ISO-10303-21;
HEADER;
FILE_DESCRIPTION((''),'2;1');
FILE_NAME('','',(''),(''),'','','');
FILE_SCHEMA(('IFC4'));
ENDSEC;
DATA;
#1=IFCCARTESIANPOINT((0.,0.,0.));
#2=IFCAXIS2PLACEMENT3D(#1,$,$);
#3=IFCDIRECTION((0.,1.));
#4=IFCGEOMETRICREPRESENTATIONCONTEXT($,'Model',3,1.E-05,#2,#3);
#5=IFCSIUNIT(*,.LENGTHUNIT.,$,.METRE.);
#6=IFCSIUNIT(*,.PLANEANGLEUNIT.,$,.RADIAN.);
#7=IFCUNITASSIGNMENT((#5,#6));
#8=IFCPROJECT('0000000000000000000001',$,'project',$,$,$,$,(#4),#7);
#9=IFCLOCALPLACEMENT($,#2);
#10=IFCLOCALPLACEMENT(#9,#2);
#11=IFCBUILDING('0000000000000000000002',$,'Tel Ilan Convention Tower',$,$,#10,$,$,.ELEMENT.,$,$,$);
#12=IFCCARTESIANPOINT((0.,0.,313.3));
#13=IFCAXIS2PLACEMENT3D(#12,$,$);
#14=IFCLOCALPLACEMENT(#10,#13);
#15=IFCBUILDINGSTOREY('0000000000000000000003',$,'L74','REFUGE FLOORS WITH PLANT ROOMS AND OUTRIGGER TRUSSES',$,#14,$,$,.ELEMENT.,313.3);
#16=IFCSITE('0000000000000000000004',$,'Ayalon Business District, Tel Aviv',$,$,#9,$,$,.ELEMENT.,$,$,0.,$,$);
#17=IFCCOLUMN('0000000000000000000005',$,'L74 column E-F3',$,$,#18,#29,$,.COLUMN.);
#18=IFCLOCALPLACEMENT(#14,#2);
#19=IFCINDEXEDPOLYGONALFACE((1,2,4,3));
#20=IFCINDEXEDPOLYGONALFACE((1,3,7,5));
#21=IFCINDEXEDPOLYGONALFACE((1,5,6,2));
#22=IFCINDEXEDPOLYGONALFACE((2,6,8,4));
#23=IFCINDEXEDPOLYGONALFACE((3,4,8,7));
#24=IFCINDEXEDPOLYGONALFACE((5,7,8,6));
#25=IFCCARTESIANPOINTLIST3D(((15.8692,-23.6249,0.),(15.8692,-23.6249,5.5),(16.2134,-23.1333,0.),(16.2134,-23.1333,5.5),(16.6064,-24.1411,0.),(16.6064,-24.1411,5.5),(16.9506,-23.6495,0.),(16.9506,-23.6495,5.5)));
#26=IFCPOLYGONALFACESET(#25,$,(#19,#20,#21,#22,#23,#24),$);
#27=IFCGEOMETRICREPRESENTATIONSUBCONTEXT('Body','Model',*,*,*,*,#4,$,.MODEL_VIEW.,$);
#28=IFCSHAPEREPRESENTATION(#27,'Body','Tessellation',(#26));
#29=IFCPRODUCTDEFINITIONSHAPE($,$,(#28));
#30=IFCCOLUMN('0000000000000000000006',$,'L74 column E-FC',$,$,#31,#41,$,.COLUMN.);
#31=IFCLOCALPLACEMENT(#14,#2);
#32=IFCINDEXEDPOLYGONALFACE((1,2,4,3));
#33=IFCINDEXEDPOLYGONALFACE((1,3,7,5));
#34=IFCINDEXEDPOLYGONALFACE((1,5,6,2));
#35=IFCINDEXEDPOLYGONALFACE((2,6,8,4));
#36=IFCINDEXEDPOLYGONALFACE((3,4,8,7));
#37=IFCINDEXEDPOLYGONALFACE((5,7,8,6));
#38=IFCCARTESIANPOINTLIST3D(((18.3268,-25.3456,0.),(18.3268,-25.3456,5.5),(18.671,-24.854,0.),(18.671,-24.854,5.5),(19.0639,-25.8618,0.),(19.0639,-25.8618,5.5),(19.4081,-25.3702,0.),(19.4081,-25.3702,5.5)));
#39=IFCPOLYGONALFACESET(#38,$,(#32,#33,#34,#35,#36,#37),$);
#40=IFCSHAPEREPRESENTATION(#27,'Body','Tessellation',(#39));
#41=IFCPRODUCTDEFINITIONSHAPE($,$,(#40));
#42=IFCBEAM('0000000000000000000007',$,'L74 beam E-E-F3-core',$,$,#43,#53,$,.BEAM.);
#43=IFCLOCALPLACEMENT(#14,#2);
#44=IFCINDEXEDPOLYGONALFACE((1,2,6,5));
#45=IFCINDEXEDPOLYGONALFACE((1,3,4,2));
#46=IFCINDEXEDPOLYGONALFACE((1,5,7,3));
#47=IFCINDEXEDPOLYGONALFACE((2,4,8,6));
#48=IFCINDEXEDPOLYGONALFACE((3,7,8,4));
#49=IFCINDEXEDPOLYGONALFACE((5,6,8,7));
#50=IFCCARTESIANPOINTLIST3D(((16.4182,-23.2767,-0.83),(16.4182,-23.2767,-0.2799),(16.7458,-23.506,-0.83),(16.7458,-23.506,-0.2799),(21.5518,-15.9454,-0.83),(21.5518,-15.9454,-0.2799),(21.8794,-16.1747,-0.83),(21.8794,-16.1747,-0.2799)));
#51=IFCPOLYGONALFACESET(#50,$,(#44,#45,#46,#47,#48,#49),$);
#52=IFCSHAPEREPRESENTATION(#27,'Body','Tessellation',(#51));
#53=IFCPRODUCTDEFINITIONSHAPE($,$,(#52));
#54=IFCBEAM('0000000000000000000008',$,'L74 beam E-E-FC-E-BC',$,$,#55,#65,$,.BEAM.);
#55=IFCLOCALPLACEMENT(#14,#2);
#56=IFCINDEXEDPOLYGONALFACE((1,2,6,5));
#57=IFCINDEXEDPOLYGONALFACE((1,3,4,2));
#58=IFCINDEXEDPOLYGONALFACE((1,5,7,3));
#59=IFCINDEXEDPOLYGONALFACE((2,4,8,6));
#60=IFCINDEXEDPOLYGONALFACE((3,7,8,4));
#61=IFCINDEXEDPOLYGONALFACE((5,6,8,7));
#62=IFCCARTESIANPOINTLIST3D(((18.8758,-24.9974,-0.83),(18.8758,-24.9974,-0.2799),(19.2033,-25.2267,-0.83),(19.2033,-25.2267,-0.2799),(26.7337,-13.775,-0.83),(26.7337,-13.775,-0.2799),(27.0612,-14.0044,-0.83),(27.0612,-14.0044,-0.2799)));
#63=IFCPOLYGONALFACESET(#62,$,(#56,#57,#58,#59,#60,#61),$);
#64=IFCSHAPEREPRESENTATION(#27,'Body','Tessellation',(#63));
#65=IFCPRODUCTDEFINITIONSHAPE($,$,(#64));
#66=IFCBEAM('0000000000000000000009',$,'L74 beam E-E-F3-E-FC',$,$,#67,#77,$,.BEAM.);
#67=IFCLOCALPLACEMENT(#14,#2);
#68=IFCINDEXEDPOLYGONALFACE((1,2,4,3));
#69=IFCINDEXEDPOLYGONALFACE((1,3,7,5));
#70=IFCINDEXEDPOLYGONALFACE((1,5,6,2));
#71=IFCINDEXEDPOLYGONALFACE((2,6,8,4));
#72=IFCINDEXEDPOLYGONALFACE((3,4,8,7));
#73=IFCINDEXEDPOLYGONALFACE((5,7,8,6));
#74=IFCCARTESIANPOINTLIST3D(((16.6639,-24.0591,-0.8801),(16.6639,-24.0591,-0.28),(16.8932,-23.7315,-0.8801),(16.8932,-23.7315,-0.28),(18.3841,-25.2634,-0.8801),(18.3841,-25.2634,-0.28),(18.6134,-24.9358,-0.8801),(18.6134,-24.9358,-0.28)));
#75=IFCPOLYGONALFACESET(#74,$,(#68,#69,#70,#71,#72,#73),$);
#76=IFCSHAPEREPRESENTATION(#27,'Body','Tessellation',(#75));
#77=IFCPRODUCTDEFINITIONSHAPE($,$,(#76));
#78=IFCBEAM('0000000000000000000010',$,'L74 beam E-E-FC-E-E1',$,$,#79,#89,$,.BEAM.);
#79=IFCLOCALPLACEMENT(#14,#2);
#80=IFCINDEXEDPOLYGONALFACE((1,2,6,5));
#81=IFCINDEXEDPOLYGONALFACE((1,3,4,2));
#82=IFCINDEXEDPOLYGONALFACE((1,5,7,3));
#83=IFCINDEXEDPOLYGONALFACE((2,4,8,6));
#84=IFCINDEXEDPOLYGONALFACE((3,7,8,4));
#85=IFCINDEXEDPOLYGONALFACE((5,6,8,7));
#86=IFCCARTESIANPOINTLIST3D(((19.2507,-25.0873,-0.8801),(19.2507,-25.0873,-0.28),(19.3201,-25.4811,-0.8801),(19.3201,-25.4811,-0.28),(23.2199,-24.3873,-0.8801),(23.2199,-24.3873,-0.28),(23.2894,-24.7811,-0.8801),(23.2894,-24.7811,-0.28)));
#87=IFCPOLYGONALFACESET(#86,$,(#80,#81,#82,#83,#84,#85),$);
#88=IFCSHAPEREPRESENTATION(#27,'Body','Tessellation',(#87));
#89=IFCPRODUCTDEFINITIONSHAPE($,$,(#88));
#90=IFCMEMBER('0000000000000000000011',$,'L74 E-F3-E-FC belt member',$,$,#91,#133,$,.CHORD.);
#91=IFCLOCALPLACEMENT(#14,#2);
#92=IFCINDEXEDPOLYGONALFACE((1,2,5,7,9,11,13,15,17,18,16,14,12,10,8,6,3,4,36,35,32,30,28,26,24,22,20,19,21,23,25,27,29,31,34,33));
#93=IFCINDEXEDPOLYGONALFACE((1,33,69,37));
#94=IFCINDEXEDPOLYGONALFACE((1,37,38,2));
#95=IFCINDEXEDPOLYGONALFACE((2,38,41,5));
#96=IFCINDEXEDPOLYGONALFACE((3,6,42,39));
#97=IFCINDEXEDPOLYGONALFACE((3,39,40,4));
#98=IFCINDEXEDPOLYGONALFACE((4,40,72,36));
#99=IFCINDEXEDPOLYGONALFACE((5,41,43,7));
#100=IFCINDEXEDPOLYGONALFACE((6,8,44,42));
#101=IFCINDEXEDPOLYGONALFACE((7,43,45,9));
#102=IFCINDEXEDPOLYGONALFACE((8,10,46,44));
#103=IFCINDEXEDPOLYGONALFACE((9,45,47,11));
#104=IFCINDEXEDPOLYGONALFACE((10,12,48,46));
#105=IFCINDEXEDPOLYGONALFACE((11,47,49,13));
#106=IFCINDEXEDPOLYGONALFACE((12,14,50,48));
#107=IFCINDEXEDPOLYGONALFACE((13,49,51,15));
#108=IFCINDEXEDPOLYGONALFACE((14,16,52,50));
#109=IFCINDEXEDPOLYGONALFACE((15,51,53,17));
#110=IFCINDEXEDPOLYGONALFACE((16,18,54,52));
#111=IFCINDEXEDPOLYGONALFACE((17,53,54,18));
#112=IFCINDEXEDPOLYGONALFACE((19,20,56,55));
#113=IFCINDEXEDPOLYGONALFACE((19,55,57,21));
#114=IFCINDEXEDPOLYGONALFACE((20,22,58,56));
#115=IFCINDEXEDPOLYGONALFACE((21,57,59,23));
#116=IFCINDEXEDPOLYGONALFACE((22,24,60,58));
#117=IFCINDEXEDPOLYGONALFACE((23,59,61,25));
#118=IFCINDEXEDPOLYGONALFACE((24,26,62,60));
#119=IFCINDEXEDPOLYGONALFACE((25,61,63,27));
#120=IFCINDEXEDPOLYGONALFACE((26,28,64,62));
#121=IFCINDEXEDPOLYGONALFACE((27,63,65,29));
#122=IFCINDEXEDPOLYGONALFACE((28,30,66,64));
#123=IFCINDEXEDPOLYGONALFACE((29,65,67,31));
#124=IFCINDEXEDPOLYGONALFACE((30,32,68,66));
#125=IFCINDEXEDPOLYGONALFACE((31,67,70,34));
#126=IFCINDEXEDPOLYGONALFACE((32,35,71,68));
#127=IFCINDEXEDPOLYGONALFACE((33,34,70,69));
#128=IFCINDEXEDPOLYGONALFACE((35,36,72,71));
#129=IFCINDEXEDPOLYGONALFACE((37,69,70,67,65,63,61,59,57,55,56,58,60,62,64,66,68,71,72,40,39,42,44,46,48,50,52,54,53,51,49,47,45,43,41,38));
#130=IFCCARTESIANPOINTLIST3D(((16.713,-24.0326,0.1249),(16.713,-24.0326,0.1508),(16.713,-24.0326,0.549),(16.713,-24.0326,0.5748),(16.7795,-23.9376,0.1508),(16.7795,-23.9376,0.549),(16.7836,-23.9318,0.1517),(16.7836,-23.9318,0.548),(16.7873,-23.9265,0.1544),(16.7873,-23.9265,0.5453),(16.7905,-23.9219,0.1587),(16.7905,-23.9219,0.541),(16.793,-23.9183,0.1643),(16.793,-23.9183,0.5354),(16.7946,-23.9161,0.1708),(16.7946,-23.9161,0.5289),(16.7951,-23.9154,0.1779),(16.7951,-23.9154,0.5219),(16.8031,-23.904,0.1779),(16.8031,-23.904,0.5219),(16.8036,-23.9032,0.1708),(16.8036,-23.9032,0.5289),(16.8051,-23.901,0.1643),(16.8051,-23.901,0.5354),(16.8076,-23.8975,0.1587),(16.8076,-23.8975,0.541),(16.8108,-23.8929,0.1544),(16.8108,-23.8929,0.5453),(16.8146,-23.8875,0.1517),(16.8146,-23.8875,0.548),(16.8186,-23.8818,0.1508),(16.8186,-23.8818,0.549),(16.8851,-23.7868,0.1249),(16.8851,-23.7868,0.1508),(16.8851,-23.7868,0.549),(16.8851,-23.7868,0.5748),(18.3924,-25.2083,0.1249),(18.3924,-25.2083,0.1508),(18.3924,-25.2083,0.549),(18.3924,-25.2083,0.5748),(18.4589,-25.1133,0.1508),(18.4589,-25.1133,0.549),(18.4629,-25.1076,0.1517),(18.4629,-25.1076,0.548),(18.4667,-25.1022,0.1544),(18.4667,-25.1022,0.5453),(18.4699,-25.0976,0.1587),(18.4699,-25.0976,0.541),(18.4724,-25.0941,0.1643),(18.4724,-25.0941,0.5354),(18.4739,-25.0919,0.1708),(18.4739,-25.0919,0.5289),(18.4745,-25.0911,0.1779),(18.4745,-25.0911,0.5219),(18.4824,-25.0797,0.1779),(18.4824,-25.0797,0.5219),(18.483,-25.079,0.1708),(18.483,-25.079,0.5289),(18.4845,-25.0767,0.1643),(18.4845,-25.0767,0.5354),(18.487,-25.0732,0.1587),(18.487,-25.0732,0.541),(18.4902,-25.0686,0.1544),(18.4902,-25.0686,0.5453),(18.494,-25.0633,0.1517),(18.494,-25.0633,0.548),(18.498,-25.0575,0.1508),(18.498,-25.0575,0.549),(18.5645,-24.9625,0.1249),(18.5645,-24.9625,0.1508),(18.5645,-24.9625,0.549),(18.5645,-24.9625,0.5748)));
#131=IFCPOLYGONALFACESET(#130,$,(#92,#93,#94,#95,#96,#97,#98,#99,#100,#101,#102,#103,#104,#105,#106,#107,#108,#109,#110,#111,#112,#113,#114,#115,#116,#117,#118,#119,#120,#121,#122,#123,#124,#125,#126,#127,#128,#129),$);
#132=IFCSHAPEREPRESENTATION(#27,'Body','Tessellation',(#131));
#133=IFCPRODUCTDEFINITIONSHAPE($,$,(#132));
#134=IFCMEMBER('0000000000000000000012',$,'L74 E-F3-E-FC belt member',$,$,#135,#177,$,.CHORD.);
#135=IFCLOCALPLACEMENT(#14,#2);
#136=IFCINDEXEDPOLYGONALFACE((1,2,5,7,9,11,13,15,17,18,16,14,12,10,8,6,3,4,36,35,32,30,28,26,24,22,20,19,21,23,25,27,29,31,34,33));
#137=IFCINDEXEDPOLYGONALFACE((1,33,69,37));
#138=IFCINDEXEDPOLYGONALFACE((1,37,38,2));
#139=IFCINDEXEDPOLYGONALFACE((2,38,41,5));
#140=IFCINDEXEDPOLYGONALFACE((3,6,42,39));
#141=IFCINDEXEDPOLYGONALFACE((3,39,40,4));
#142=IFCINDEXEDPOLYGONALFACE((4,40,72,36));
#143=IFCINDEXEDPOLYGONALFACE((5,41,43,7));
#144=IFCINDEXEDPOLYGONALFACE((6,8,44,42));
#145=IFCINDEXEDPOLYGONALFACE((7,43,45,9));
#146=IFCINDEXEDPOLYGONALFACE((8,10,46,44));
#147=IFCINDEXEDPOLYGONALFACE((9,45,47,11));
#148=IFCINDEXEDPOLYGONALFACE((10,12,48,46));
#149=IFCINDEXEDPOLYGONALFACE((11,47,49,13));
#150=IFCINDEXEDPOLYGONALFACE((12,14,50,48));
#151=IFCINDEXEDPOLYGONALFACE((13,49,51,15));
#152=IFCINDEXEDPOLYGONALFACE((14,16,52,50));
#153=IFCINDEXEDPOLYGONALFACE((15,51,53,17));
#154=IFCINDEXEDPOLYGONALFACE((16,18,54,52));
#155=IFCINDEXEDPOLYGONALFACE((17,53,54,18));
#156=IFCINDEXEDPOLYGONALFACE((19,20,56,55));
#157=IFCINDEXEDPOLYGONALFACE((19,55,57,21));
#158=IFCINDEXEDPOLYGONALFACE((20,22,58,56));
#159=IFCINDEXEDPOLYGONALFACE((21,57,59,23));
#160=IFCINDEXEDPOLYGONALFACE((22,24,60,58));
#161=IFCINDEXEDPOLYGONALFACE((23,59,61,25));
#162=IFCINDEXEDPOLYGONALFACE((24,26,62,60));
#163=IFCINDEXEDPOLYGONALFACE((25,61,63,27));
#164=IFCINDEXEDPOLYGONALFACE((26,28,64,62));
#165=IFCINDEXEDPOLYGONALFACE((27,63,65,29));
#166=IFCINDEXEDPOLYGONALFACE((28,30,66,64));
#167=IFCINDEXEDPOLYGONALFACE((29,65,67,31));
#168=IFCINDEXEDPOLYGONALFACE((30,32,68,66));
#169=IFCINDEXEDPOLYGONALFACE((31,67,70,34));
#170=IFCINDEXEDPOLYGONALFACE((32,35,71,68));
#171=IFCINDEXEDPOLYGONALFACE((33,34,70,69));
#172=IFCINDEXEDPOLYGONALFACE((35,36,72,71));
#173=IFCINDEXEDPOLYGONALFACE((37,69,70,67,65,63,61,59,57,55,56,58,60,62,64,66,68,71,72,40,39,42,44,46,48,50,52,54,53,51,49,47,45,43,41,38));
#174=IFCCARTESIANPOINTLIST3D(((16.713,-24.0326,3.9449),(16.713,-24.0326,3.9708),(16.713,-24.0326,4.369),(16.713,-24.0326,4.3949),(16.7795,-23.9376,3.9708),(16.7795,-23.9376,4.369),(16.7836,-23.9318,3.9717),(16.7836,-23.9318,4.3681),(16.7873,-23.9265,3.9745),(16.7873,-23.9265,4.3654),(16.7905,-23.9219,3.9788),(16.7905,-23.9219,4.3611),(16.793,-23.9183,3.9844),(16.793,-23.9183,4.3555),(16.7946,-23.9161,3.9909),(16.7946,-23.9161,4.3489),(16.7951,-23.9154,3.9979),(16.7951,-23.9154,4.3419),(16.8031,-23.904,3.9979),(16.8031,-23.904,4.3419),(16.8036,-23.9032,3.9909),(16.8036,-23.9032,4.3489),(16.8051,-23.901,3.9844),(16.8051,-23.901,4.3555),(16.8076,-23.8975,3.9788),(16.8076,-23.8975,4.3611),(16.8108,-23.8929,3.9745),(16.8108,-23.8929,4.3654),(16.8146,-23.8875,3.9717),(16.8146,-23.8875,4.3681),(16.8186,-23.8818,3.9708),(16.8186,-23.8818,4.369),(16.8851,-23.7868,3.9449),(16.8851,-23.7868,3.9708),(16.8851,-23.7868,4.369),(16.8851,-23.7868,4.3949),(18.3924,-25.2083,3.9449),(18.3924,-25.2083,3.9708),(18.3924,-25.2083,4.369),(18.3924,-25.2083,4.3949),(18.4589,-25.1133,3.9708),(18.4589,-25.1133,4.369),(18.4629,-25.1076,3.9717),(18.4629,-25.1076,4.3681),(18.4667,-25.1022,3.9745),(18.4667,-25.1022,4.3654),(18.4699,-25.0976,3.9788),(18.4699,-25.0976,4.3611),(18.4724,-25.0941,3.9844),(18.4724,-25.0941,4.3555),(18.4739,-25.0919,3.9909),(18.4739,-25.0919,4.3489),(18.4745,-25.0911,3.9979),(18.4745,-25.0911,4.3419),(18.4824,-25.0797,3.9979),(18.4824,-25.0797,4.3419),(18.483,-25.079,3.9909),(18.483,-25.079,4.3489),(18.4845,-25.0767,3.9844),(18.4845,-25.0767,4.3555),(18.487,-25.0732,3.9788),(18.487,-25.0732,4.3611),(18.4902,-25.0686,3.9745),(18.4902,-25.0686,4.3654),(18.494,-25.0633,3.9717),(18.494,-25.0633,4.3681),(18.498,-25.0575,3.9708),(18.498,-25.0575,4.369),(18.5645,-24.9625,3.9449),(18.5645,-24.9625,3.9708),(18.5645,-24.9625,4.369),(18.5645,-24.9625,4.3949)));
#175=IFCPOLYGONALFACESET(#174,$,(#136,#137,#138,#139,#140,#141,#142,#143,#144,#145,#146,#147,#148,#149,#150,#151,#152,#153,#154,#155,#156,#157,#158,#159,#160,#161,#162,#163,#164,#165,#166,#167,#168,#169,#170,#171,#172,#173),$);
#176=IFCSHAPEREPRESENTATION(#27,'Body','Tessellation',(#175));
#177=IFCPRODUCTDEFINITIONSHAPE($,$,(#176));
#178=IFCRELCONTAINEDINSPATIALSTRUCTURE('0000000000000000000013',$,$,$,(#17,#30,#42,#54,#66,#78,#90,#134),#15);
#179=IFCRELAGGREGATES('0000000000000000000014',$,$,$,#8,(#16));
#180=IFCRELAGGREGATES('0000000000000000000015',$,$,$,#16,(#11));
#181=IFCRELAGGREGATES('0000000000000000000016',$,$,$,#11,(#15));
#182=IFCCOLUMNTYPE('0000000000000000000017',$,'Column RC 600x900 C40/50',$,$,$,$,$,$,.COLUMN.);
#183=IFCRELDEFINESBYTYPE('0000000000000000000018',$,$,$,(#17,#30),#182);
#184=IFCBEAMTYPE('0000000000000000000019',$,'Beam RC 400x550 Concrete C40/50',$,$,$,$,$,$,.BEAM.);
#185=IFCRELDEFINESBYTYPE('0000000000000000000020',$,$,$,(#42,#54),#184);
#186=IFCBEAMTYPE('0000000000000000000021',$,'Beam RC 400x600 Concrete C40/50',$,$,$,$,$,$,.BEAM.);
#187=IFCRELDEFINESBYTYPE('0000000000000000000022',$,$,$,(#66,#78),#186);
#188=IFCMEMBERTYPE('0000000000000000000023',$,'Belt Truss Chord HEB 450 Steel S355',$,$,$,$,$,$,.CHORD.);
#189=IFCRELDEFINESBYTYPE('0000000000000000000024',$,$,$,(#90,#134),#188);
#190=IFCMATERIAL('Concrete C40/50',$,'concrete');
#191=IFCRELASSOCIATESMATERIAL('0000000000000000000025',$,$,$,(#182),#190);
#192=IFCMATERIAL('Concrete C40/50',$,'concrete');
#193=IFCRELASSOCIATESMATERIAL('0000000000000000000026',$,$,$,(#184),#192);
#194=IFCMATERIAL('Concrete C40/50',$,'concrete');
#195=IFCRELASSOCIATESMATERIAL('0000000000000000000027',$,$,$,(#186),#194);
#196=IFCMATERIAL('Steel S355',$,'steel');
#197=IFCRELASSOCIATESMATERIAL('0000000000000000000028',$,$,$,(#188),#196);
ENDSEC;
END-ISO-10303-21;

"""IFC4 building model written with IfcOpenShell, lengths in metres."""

from ifc_helpers import new_model, si_unit, direction, frame, origin, origin_2d, place, context, subcontext, project, spatial, rectangle, i_section, extrude, material, material_profile, profile_set, type_object, element, save


model = new_model("IFC4")

# Units and contexts
model_context = context("Model", 3, precision=1e-05, world=origin(), true_north=direction((0.0, 1.0)))
body_context = subcontext(model_context, "Body", "Model", "MODEL_VIEW")
ifc_project = project(units=[si_unit("LENGTHUNIT", "METRE"), si_unit("PLANEANGLEUNIT", "RADIAN")], contexts=[model_context])

# Site, building, storey
site_placement = place(None, origin())
site = spatial("IfcSite", under=ifc_project, at=site_placement, Name="Ayalon Business District, Tel Aviv", CompositionType="ELEMENT", RefElevation=0.0)
building_placement = place(site_placement, origin())
building = spatial("IfcBuilding", under=site, at=building_placement, Name="Tel Ilan Convention Tower", CompositionType="ELEMENT")
storey_placement = place(building_placement, frame((0.0, 0.0, 313.3)))
storey = spatial("IfcBuildingStorey", under=building, at=storey_placement, Name="L74", Description="REFUGE FLOORS WITH PLANT ROOMS AND OUTRIGGER TRUSSES", CompositionType="ELEMENT", Elevation=313.3)

# Columns
ifc_material_1 = material(Name="Concrete C40/50", Category="concrete")
ifc_material_profile_1 = material_profile(ifc_material_1, rectangle(XDim=0.8999, YDim=0.6001, at=origin_2d()), Name="RC 600x900")
ifc_profile_set_1 = profile_set([ifc_material_profile_1], Name="Concrete C40/50")
column_type = type_object("IfcColumnType", Name="Column RC 600x900 C40/50", PredefinedType="COLUMN", material=ifc_profile_set_1)
for number, where, z_axis, x_axis, name in (
    (1, (16.4099, -23.6372, 0.0), (0.0, 0.0, 1.0), (0.819152, -0.573576, 0.0), "L74 column E-F3"),
    (2, (18.8674, -25.3579, 0.0), (0.0, 0.0, 1.0), (0.819152, -0.573576, 0.0), "L74 column E-FC"),
):
    element("IfcColumn", number, at=place(storey_placement, frame(where, z_axis=z_axis, x_axis=x_axis)), inside=storey, type_object=column_type, Name=name, PredefinedType="COLUMN", context=body_context, shape_type="SweptSolid", body=[
        extrude(rectangle(XDim=0.8999, YDim=0.6001, at=origin_2d()), origin(), (0.0, 0.0, 1.0), 5.5),
    ])

# Beams
ifc_material_2 = material(Name="Concrete C40/50", Category="concrete")
ifc_material_profile_2 = material_profile(ifc_material_2, rectangle(XDim=0.3999, YDim=0.55, at=origin_2d()), Name="RC 400x550")
ifc_profile_set_2 = profile_set([ifc_material_profile_2], Name="Concrete C40/50")
beam_type_1 = type_object("IfcBeamType", Name="Beam RC 400x550 Concrete C40/50", PredefinedType="BEAM", material=ifc_profile_set_2)
beam_1_placement = place(storey_placement, frame((16.582, -23.3914, -0.5549), z_axis=(0.573585, 0.819146, 0.0), x_axis=(-0.819146, 0.573585, 0.0)))
element("IfcBeam", 3, at=beam_1_placement, inside=storey, type_object=beam_type_1, Name="L74 beam E-E-F3-core", PredefinedType="BEAM", context=body_context, shape_type="SweptSolid", body=[
    extrude(rectangle(XDim=0.3999, YDim=0.55, at=origin_2d()), origin(), (0.0, 0.0, 1.0), 8.95),
])
beam_2_placement = place(storey_placement, frame((19.0396, -25.1121, -0.5549), z_axis=(0.573571, 0.819156, 0.0), x_axis=(-0.819156, 0.573571, 0.0)))
element("IfcBeam", 4, at=beam_2_placement, inside=storey, type_object=beam_type_1, Name="L74 beam E-E-FC-E-BC", PredefinedType="BEAM", context=body_context, shape_type="SweptSolid", body=[
    extrude(rectangle(XDim=0.3999, YDim=0.55, at=origin_2d()), origin(), (0.0, 0.0, 1.0), 13.7),
])
ifc_material_3 = material(Name="Concrete C40/50", Category="concrete")
ifc_material_profile_3 = material_profile(ifc_material_3, rectangle(XDim=0.3999, YDim=0.6001, at=origin_2d()), Name="RC 400x600")
ifc_profile_set_3 = profile_set([ifc_material_profile_3], Name="Concrete C40/50")
beam_type_2 = type_object("IfcBeamType", Name="Beam RC 400x600 Concrete C40/50", PredefinedType="BEAM", material=ifc_profile_set_3)
beam_3_placement = place(storey_placement, frame((16.7786, -23.8953, -0.5801), z_axis=(0.819188, -0.573525, 0.0), x_axis=(0.573525, 0.819188, 0.0)))
element("IfcBeam", 5, at=beam_3_placement, inside=storey, type_object=beam_type_2, Name="L74 beam E-E-F3-E-FC", PredefinedType="BEAM", context=body_context, shape_type="SweptSolid", body=[
    extrude(rectangle(XDim=0.3999, YDim=0.6001, at=origin_2d()), origin(), (0.0, 0.0, 1.0), 2.0999),
])
beam_4_placement = place(storey_placement, frame((19.2854, -25.2842, -0.5801), z_axis=(0.984805, 0.173664, 0.0), x_axis=(-0.173664, 0.984805, 0.0)))
element("IfcBeam", 6, at=beam_4_placement, inside=storey, type_object=beam_type_2, Name="L74 beam E-E-FC-E-E1", PredefinedType="BEAM", context=body_context, shape_type="SweptSolid", body=[
    extrude(rectangle(XDim=0.3999, YDim=0.6001, at=origin_2d()), origin(), (0.0, 0.0, 1.0), 4.0305),
])

# Members
ifc_material_4 = material(Name="Steel S355", Category="steel")
ifc_material_profile_4 = material_profile(ifc_material_4, i_section(OverallWidth=0.3, OverallDepth=0.45, WebThickness=0.0139, FlangeThickness=0.0259, FilletRadius=0.0271, at=origin_2d()), Name="HEB 450")
ifc_profile_set_4 = profile_set([ifc_material_profile_4], Name="Steel S355")
member_type_1 = type_object("IfcMemberType", Name="Belt Truss Chord HEB 450 Steel S355", PredefinedType="CHORD", material=ifc_profile_set_4)
for number, where, z_axis, x_axis, name in (
    (7, (16.7991, -23.9097, 0.3499), (0.819193, -0.573518, 0.0), (0.573518, 0.819193, 0.0), "L74 E-F3-E-FC belt member"),
    (8, (16.7991, -23.9097, 4.1699), (0.819193, -0.573518, 0.0), (0.573518, 0.819193, 0.0), "L74 E-F3-E-FC belt member"),
):
    element("IfcMember", number, at=place(storey_placement, frame(where, z_axis=z_axis, x_axis=x_axis)), inside=storey, type_object=member_type_1, Name=name, PredefinedType="CHORD", context=body_context, shape_type="SweptSolid", body=[
        extrude(i_section(OverallWidth=0.3, OverallDepth=0.45, WebThickness=0.0139, FlangeThickness=0.0259, FilletRadius=0.0271, at=origin_2d()), origin(), (0.0, 0.0, 1.0), 2.05),
    ])

save(model, "model.ifc")
